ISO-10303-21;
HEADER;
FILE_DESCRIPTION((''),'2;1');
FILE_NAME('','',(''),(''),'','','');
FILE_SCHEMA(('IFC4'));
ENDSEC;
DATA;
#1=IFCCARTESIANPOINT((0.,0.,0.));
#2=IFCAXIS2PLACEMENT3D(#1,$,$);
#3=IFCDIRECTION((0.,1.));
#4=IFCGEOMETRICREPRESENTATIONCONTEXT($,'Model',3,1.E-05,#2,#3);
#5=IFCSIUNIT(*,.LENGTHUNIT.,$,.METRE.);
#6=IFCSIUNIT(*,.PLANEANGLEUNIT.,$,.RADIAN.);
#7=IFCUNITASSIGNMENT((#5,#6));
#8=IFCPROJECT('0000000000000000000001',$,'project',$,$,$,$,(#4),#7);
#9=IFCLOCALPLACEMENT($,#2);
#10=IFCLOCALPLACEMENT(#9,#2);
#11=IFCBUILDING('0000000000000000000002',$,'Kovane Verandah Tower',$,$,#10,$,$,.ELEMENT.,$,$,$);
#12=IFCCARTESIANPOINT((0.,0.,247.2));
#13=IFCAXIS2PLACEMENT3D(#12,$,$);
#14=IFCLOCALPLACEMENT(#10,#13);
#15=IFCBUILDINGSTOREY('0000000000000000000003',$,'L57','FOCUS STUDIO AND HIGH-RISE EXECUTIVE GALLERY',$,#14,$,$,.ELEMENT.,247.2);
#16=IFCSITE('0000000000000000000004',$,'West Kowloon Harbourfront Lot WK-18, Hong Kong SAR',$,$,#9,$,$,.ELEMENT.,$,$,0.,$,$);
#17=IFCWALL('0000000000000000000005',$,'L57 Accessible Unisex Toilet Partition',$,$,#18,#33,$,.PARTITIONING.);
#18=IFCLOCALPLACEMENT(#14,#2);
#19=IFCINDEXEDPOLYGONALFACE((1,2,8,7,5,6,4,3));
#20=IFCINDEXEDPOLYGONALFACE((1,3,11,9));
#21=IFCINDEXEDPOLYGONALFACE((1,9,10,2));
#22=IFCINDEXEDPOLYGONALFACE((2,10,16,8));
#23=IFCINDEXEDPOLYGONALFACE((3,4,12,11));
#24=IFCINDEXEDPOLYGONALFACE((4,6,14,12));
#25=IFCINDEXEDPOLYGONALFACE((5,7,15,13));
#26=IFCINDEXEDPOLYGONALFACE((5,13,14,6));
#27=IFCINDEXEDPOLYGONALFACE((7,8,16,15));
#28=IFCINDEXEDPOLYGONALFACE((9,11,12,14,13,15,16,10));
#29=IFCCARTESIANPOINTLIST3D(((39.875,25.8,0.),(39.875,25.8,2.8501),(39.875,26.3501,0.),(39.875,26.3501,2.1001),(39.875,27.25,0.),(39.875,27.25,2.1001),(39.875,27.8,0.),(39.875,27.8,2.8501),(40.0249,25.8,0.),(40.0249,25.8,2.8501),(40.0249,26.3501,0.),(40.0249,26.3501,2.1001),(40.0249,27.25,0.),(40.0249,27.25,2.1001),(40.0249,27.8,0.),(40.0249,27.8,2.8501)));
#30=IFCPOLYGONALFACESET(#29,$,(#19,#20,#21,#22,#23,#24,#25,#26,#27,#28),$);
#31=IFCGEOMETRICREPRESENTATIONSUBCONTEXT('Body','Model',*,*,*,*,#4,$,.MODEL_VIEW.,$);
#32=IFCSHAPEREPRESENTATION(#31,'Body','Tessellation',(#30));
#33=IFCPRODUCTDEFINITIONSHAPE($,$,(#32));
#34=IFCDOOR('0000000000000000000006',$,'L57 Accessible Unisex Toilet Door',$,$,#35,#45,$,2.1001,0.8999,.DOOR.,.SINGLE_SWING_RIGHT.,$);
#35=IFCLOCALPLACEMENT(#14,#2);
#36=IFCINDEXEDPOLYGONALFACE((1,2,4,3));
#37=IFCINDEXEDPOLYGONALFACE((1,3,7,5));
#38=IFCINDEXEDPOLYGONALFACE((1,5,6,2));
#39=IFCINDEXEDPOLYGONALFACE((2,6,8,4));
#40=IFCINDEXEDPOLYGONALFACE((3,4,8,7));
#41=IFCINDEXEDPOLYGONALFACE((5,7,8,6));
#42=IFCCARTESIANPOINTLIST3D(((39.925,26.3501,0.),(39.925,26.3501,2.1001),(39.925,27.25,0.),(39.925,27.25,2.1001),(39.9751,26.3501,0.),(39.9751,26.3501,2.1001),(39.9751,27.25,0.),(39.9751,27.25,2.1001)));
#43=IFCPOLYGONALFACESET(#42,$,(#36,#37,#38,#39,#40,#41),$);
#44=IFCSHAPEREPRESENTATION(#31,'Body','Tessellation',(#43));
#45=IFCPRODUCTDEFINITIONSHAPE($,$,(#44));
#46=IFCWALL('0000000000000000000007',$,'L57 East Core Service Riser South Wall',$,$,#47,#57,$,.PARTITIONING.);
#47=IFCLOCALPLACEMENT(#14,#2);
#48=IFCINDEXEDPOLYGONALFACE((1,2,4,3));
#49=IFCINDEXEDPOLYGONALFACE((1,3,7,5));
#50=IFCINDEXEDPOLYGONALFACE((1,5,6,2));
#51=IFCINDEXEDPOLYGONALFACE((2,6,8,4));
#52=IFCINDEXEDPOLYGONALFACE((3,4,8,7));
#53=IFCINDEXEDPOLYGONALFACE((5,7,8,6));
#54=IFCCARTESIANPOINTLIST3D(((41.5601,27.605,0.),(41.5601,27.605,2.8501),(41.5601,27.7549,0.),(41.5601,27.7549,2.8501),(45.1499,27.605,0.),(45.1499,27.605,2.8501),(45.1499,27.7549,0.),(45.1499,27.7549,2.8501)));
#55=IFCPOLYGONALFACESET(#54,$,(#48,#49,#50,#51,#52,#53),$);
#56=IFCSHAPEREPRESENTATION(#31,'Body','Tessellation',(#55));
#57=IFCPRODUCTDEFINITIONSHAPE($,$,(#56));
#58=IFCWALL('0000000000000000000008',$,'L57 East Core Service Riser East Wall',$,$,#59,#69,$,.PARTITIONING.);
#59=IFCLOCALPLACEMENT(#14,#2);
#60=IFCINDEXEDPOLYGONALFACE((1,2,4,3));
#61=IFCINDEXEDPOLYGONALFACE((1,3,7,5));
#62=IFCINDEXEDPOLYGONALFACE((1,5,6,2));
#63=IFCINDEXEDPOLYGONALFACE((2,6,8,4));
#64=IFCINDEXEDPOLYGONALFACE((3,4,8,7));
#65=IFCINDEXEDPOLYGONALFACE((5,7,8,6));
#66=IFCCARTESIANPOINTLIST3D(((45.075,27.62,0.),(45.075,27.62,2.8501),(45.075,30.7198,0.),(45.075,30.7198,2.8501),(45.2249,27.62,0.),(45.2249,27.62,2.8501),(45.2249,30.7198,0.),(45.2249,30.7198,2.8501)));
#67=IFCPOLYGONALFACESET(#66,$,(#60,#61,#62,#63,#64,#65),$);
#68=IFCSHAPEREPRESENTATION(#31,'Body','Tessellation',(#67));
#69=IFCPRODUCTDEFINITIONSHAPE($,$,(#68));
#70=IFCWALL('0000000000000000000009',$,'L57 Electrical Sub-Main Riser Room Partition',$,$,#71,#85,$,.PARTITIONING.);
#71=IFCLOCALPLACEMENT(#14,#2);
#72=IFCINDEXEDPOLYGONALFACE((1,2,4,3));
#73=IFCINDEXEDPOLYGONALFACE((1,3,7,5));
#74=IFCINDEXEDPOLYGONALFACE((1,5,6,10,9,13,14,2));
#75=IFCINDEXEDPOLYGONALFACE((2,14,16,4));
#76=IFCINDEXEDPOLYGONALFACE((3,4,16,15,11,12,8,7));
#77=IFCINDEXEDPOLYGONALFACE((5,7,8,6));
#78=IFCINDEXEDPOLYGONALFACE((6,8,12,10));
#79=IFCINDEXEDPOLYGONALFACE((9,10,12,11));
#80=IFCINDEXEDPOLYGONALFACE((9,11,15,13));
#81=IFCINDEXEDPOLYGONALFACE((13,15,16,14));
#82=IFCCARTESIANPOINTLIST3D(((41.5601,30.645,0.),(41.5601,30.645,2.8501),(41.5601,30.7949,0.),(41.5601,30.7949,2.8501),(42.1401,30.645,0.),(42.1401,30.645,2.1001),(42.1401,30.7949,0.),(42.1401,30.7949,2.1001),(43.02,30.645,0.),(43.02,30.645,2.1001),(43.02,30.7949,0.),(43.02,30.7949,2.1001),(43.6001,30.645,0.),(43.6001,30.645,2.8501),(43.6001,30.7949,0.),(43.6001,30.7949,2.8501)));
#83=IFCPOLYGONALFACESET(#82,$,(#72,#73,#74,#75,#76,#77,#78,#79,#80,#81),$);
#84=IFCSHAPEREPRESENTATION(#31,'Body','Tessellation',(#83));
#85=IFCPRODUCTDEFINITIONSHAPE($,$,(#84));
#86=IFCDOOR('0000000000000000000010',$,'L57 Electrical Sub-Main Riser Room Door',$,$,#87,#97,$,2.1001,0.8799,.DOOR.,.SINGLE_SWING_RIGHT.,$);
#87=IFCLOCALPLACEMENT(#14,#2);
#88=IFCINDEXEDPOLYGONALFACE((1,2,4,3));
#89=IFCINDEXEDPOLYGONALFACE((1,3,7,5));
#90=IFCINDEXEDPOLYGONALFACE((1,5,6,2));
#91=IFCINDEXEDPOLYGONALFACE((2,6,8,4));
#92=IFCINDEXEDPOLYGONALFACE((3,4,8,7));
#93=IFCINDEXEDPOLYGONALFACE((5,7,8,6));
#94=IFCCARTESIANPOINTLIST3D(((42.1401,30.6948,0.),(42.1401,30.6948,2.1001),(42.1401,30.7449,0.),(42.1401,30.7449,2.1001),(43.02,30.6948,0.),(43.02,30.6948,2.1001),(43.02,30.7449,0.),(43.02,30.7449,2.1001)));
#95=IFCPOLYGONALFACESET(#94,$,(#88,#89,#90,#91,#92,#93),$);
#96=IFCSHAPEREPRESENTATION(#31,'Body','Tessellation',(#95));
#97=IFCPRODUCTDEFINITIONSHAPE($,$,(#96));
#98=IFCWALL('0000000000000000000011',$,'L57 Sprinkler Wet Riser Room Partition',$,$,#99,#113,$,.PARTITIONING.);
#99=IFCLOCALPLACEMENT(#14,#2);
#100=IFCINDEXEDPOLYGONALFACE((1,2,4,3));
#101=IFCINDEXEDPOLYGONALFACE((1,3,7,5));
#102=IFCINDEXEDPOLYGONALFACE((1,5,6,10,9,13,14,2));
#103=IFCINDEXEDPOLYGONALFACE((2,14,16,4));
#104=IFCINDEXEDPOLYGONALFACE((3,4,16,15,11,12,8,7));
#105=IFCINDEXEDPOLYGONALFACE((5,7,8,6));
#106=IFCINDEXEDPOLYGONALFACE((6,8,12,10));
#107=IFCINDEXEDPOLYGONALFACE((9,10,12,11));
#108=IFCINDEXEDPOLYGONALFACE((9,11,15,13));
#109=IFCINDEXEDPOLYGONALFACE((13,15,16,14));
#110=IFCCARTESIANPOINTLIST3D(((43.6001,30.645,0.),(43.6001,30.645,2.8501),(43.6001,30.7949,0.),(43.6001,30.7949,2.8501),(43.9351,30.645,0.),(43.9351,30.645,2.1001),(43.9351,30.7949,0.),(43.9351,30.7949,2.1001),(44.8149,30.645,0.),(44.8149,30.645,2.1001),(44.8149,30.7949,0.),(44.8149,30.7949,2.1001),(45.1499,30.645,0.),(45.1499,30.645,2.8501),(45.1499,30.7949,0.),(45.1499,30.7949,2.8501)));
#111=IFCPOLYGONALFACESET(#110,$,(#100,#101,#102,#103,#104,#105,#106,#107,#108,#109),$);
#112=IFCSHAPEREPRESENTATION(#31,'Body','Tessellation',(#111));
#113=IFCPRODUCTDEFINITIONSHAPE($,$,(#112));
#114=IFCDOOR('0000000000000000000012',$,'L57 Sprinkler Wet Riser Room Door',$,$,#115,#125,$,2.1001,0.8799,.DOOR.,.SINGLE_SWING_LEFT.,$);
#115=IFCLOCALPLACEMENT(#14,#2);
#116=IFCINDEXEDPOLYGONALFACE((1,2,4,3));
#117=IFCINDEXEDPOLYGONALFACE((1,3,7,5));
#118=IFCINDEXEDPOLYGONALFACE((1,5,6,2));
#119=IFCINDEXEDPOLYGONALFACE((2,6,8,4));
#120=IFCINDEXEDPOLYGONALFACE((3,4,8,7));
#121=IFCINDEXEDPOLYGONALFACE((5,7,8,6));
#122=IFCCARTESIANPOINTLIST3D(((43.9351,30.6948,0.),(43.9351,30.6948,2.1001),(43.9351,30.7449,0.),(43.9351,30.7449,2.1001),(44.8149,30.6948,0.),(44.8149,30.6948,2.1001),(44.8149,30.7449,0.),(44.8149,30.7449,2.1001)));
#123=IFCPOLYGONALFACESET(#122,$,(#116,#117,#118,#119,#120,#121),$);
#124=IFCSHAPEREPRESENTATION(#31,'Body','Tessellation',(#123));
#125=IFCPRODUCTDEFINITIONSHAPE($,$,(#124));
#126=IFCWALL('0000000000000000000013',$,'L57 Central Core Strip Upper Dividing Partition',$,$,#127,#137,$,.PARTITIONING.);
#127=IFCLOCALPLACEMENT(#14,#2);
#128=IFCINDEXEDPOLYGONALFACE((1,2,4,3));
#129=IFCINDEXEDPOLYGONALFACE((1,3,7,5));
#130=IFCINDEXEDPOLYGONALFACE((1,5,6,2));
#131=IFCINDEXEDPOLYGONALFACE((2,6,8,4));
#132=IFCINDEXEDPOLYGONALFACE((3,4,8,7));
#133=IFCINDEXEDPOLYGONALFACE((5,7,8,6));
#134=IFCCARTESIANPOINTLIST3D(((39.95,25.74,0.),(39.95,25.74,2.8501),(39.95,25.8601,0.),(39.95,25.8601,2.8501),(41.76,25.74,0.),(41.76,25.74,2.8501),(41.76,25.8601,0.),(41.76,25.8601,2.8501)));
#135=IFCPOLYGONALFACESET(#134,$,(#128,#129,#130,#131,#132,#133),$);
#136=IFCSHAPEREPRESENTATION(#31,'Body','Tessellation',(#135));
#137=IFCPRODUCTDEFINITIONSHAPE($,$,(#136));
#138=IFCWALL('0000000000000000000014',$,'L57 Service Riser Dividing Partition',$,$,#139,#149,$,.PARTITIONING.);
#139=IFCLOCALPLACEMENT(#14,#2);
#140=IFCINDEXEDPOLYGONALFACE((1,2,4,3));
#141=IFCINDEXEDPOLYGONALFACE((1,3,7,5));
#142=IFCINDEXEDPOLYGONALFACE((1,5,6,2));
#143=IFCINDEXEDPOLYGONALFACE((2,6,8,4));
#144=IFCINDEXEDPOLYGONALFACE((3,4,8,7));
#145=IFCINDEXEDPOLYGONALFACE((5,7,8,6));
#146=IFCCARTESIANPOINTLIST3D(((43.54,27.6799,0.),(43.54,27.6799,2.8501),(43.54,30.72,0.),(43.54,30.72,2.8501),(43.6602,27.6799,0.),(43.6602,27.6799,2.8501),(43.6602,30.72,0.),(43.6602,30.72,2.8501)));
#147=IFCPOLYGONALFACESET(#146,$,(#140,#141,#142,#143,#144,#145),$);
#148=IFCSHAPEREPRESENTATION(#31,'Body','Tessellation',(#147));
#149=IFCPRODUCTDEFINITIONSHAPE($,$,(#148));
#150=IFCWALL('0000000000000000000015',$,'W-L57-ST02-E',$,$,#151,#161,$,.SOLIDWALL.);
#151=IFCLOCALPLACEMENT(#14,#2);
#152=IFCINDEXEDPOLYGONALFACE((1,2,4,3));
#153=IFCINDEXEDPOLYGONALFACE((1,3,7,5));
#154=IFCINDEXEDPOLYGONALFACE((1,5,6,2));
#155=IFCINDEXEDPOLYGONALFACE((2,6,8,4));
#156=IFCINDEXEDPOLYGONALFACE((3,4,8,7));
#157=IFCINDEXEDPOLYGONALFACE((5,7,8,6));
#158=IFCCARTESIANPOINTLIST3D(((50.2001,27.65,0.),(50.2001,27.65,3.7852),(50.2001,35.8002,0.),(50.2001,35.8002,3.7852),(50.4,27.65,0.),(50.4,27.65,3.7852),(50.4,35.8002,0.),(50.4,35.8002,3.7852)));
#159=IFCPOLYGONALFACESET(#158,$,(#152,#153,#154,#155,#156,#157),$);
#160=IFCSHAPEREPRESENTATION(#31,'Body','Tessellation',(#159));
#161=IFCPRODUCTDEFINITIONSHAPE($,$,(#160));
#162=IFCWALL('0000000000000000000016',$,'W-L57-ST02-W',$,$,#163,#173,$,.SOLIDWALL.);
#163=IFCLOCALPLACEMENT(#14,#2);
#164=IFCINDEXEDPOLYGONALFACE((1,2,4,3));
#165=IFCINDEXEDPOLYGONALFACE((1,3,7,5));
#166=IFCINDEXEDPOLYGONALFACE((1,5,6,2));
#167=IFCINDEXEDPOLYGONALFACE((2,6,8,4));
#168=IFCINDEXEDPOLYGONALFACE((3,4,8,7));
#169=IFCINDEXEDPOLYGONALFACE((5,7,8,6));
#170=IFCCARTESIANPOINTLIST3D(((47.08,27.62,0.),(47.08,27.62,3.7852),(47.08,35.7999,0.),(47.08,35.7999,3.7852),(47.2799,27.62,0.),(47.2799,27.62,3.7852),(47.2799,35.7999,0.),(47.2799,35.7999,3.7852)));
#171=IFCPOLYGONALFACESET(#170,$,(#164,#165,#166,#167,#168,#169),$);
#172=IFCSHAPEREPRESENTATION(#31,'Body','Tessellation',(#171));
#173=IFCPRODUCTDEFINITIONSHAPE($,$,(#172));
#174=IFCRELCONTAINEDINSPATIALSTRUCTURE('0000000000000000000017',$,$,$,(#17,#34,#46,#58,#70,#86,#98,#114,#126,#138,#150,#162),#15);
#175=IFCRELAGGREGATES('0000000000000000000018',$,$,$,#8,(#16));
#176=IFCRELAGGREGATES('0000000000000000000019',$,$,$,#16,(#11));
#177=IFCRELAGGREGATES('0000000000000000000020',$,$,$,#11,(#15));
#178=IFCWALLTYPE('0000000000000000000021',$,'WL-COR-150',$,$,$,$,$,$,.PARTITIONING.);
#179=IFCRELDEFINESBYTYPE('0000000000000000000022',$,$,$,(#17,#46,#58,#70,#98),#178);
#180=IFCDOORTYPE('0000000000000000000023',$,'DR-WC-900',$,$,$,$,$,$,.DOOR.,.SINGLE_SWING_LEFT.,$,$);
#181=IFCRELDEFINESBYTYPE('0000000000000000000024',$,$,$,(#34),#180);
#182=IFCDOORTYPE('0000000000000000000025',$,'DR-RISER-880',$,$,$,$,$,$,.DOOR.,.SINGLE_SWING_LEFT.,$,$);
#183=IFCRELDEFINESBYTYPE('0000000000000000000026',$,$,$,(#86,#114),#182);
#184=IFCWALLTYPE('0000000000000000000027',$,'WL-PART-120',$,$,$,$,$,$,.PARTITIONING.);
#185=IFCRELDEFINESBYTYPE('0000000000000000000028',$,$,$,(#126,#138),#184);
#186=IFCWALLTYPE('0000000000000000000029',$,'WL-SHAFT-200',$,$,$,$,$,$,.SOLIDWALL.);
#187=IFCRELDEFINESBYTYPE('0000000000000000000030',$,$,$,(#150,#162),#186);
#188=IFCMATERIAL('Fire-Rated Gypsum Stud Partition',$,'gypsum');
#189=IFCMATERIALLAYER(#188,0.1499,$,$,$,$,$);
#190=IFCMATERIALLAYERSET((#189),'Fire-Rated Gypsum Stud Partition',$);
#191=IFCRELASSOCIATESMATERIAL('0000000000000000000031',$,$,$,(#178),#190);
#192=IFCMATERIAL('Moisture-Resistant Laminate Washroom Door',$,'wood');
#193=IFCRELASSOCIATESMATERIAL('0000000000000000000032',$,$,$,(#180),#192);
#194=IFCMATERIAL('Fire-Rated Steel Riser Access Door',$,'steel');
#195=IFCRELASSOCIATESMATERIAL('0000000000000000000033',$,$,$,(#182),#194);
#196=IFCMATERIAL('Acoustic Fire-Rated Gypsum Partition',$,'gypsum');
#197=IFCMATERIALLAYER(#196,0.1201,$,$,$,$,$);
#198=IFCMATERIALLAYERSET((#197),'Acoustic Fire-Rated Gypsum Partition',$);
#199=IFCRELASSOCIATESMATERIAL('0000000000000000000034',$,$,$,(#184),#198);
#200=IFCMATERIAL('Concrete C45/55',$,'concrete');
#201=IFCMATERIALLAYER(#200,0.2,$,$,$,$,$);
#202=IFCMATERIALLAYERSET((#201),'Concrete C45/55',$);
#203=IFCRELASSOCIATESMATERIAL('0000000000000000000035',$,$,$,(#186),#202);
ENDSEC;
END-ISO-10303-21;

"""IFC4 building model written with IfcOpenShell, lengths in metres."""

from ifc_helpers import new_model, si_unit, direction, frame, frame_2d, origin, place, context, subcontext, project, spatial, rectangle, extrude, material, layer, layer_set, type_object, element, fill, save


model = new_model("IFC4")

# Units and contexts
model_context = context("Model", 3, precision=1e-05, world=origin(), true_north=direction((0.0, 1.0)))
body_context = subcontext(model_context, "Body", "Model", "MODEL_VIEW")
ifc_project = project(units=[si_unit("LENGTHUNIT", "METRE"), si_unit("PLANEANGLEUNIT", "RADIAN")], contexts=[model_context])

# Site, building, storey
site_placement = place(None, origin())
site = spatial("IfcSite", under=ifc_project, at=site_placement, Name="West Kowloon Harbourfront Lot WK-18, Hong Kong SAR", CompositionType="ELEMENT", RefElevation=0.0)
building_placement = place(site_placement, origin())
building = spatial("IfcBuilding", under=site, at=building_placement, Name="Kovane Verandah Tower", CompositionType="ELEMENT")
storey_placement = place(building_placement, frame((0.0, 0.0, 247.2)))
storey = spatial("IfcBuildingStorey", under=building, at=storey_placement, Name="L57", Description="FOCUS STUDIO AND HIGH-RISE EXECUTIVE GALLERY", CompositionType="ELEMENT", Elevation=247.2)

# Wall, opening, door
ifc_material_1 = material(Name="Fire-Rated Gypsum Stud Partition", Category="gypsum")
ifc_layer_1 = layer(ifc_material_1, 0.1499)
ifc_layer_set_1 = layer_set([ifc_layer_1], Name="Fire-Rated Gypsum Stud Partition")
wall_type_1 = type_object("IfcWallType", Name="WL-COR-150", PredefinedType="PARTITIONING", material=ifc_layer_set_1)
wall_1_placement = place(storey_placement, frame((39.95, 25.8, 0.0), z_axis=(0.0, 0.0, 1.0), x_axis=(0.0, 1.0, 0.0)))
wall_1 = element("IfcWall", 1, at=wall_1_placement, inside=storey, type_object=wall_type_1, Name="L57 Accessible Unisex Toilet Partition", PredefinedType="PARTITIONING", context=body_context, shape_type="SweptSolid", body=[
    extrude(rectangle(XDim=2.0, YDim=0.1499, at=frame_2d((1.0, 0.0))), origin(), (0.0, 0.0, 1.0), 2.8501),
])
opening_1_placement = place(wall_1_placement, frame((0.55, 0.0, 0.0)))
opening_1 = element("IfcOpeningElement", 2, at=opening_1_placement, cuts=wall_1, PredefinedType="OPENING", context=body_context, shape_type="SweptSolid", body=[
    extrude(rectangle(XDim=0.8999, YDim=2.1001, at=frame_2d((0.45, 1.05))), frame((0.0, 0.075, 0.0), z_axis=(0.0, -1.0, 0.0), x_axis=(1.0, 0.0, 0.0)), (0.0, 0.0, 1.0), 0.1499),
])
ifc_material_2 = material(Name="Moisture-Resistant Laminate Washroom Door", Category="wood")
door_type_1 = type_object("IfcDoorType", Name="DR-WC-900", OperationType="SINGLE_SWING_LEFT", PredefinedType="DOOR", material=ifc_material_2)
door_1_placement = place(opening_1_placement, origin())
door_1 = element("IfcDoor", 3, at=door_1_placement, inside=storey, type_object=door_type_1, Name="L57 Accessible Unisex Toilet Door", OperationType="SINGLE_SWING_RIGHT", OverallHeight=2.1001, OverallWidth=0.8999, PredefinedType="DOOR", context=body_context, shape_type="SweptSolid", body=[
    extrude(rectangle(XDim=0.8999, YDim=2.1001, at=frame_2d((0.45, 1.05))), frame((0.0, 0.0249, 0.0), z_axis=(0.0, -1.0, 0.0), x_axis=(1.0, 0.0, 0.0)), (0.0, 0.0, 1.0), 0.05),
])
fill(opening_1, door_1)

# Walls
wall_2_placement = place(storey_placement, frame((41.5601, 27.6799, 0.0), z_axis=(0.0, 0.0, 1.0), x_axis=(1.0, 0.0, 0.0)))
element("IfcWall", 4, at=wall_2_placement, inside=storey, type_object=wall_type_1, Name="L57 East Core Service Riser South Wall", PredefinedType="PARTITIONING", context=body_context, shape_type="SweptSolid", body=[
    extrude(rectangle(XDim=3.5898, YDim=0.1499, at=frame_2d((1.7949, 0.0))), origin(), (0.0, 0.0, 1.0), 2.8501),
])
wall_3_placement = place(storey_placement, frame((45.1499, 27.6201, 0.0), z_axis=(0.0, 0.0, 1.0), x_axis=(0.0, 1.0, 0.0)))
element("IfcWall", 5, at=wall_3_placement, inside=storey, type_object=wall_type_1, Name="L57 East Core Service Riser East Wall", PredefinedType="PARTITIONING", context=body_context, shape_type="SweptSolid", body=[
    extrude(rectangle(XDim=3.0999, YDim=0.1499, at=frame_2d((1.5498, 0.0))), origin(), (0.0, 0.0, 1.0), 2.8501),
])

# Walls, openings, doors
wall_4_placement = place(storey_placement, frame((41.5601, 30.72, 0.0), z_axis=(0.0, 0.0, 1.0), x_axis=(1.0, 0.0, 0.0)))
wall_4 = element("IfcWall", 6, at=wall_4_placement, inside=storey, type_object=wall_type_1, Name="L57 Electrical Sub-Main Riser Room Partition", PredefinedType="PARTITIONING", context=body_context, shape_type="SweptSolid", body=[
    extrude(rectangle(XDim=2.04, YDim=0.1499, at=frame_2d((1.02, 0.0))), origin(), (0.0, 0.0, 1.0), 2.8501),
])
opening_2_placement = place(wall_4_placement, frame((0.5801, 0.0, 0.0)))
opening_2 = element("IfcOpeningElement", 7, at=opening_2_placement, cuts=wall_4, PredefinedType="OPENING", context=body_context, shape_type="SweptSolid", body=[
    extrude(rectangle(XDim=0.8799, YDim=2.1001, at=frame_2d((0.4399, 1.05))), frame((0.0, 0.075, 0.0), z_axis=(0.0, -1.0, 0.0), x_axis=(1.0, 0.0, 0.0)), (0.0, 0.0, 1.0), 0.1499),
])
ifc_material_3 = material(Name="Fire-Rated Steel Riser Access Door", Category="steel")
door_type_2 = type_object("IfcDoorType", Name="DR-RISER-880", OperationType="SINGLE_SWING_LEFT", PredefinedType="DOOR", material=ifc_material_3)
door_2_placement = place(opening_2_placement, origin())
door_2 = element("IfcDoor", 8, at=door_2_placement, inside=storey, type_object=door_type_2, Name="L57 Electrical Sub-Main Riser Room Door", OperationType="SINGLE_SWING_RIGHT", OverallHeight=2.1001, OverallWidth=0.8799, PredefinedType="DOOR", context=body_context, shape_type="SweptSolid", body=[
    extrude(rectangle(XDim=0.8799, YDim=2.1001, at=frame_2d((0.4399, 1.05))), frame((0.0, 0.0249, 0.0), z_axis=(0.0, -1.0, 0.0), x_axis=(1.0, 0.0, 0.0)), (0.0, 0.0, 1.0), 0.05),
])
fill(opening_2, door_2)
wall_5_placement = place(storey_placement, frame((43.6001, 30.72, 0.0), z_axis=(0.0, 0.0, 1.0), x_axis=(1.0, 0.0, 0.0)))
wall_5 = element("IfcWall", 9, at=wall_5_placement, inside=storey, type_object=wall_type_1, Name="L57 Sprinkler Wet Riser Room Partition", PredefinedType="PARTITIONING", context=body_context, shape_type="SweptSolid", body=[
    extrude(rectangle(XDim=1.5498, YDim=0.1499, at=frame_2d((0.7749, 0.0))), origin(), (0.0, 0.0, 1.0), 2.8501),
])
opening_3_placement = place(wall_5_placement, frame((0.335, 0.0, 0.0)))
opening_3 = element("IfcOpeningElement", 10, at=opening_3_placement, cuts=wall_5, PredefinedType="OPENING", context=body_context, shape_type="SweptSolid", body=[
    extrude(rectangle(XDim=0.8799, YDim=2.1001, at=frame_2d((0.4399, 1.05))), frame((0.0, 0.075, 0.0), z_axis=(0.0, -1.0, 0.0), x_axis=(1.0, 0.0, 0.0)), (0.0, 0.0, 1.0), 0.1499),
])
door_3_placement = place(opening_3_placement, origin())
door_3 = element("IfcDoor", 11, at=door_3_placement, inside=storey, type_object=door_type_2, Name="L57 Sprinkler Wet Riser Room Door", OperationType="SINGLE_SWING_LEFT", OverallHeight=2.1001, OverallWidth=0.8799, PredefinedType="DOOR", context=body_context, shape_type="SweptSolid", body=[
    extrude(rectangle(XDim=0.8799, YDim=2.1001, at=frame_2d((0.4399, 1.05))), frame((0.0, 0.0249, 0.0), z_axis=(0.0, -1.0, 0.0), x_axis=(1.0, 0.0, 0.0)), (0.0, 0.0, 1.0), 0.05),
])
fill(opening_3, door_3)

# Walls
ifc_material_4 = material(Name="Acoustic Fire-Rated Gypsum Partition", Category="gypsum")
ifc_layer_2 = layer(ifc_material_4, 0.1201)
ifc_layer_set_2 = layer_set([ifc_layer_2], Name="Acoustic Fire-Rated Gypsum Partition")
wall_type_2 = type_object("IfcWallType", Name="WL-PART-120", PredefinedType="PARTITIONING", material=ifc_layer_set_2)
wall_6_placement = place(storey_placement, frame((39.95, 25.8, 0.0), z_axis=(0.0, 0.0, 1.0), x_axis=(1.0, 0.0, 0.0)))
element("IfcWall", 12, at=wall_6_placement, inside=storey, type_object=wall_type_2, Name="L57 Central Core Strip Upper Dividing Partition", PredefinedType="PARTITIONING", context=body_context, shape_type="SweptSolid", body=[
    extrude(rectangle(XDim=1.8101, YDim=0.1201, at=frame_2d((0.905, 0.0))), origin(), (0.0, 0.0, 1.0), 2.8501),
])
wall_7_placement = place(storey_placement, frame((43.6001, 27.6799, 0.0), z_axis=(0.0, 0.0, 1.0), x_axis=(0.0, 1.0, 0.0)))
element("IfcWall", 13, at=wall_7_placement, inside=storey, type_object=wall_type_2, Name="L57 Service Riser Dividing Partition", PredefinedType="PARTITIONING", context=body_context, shape_type="SweptSolid", body=[
    extrude(rectangle(XDim=3.04, YDim=0.1201, at=frame_2d((1.52, 0.0))), origin(), (0.0, 0.0, 1.0), 2.8501),
])
ifc_material_5 = material(Name="Concrete C45/55", Category="concrete")
ifc_layer_3 = layer(ifc_material_5, 0.2)
ifc_layer_set_3 = layer_set([ifc_layer_3], Name="Concrete C45/55")
wall_type_3 = type_object("IfcWallType", Name="WL-SHAFT-200", PredefinedType="SOLIDWALL", material=ifc_layer_set_3)
wall_8_placement = place(storey_placement, frame((50.3, 27.6499, 0.0), z_axis=(0.0, 0.0, 1.0), x_axis=(0.0, 1.0, 0.0)))
element("IfcWall", 14, at=wall_8_placement, inside=storey, type_object=wall_type_3, Name="W-L57-ST02-E", PredefinedType="SOLIDWALL", context=body_context, shape_type="SweptSolid", body=[
    extrude(rectangle(XDim=8.1501, YDim=0.2, at=frame_2d((4.0752, 0.0))), origin(), (0.0, 0.0, 1.0), 3.7852),
])
wall_9_placement = place(storey_placement, frame((47.1799, 27.6201, 0.0), z_axis=(0.0, 0.0, 1.0), x_axis=(0.0, 1.0, 0.0)))
element("IfcWall", 15, at=wall_9_placement, inside=storey, type_object=wall_type_3, Name="W-L57-ST02-W", PredefinedType="SOLIDWALL", context=body_context, shape_type="SweptSolid", body=[
    extrude(rectangle(XDim=8.1799, YDim=0.2, at=frame_2d((4.0898, 0.0))), origin(), (0.0, 0.0, 1.0), 3.7852),
])

save(model, "model.ifc")
